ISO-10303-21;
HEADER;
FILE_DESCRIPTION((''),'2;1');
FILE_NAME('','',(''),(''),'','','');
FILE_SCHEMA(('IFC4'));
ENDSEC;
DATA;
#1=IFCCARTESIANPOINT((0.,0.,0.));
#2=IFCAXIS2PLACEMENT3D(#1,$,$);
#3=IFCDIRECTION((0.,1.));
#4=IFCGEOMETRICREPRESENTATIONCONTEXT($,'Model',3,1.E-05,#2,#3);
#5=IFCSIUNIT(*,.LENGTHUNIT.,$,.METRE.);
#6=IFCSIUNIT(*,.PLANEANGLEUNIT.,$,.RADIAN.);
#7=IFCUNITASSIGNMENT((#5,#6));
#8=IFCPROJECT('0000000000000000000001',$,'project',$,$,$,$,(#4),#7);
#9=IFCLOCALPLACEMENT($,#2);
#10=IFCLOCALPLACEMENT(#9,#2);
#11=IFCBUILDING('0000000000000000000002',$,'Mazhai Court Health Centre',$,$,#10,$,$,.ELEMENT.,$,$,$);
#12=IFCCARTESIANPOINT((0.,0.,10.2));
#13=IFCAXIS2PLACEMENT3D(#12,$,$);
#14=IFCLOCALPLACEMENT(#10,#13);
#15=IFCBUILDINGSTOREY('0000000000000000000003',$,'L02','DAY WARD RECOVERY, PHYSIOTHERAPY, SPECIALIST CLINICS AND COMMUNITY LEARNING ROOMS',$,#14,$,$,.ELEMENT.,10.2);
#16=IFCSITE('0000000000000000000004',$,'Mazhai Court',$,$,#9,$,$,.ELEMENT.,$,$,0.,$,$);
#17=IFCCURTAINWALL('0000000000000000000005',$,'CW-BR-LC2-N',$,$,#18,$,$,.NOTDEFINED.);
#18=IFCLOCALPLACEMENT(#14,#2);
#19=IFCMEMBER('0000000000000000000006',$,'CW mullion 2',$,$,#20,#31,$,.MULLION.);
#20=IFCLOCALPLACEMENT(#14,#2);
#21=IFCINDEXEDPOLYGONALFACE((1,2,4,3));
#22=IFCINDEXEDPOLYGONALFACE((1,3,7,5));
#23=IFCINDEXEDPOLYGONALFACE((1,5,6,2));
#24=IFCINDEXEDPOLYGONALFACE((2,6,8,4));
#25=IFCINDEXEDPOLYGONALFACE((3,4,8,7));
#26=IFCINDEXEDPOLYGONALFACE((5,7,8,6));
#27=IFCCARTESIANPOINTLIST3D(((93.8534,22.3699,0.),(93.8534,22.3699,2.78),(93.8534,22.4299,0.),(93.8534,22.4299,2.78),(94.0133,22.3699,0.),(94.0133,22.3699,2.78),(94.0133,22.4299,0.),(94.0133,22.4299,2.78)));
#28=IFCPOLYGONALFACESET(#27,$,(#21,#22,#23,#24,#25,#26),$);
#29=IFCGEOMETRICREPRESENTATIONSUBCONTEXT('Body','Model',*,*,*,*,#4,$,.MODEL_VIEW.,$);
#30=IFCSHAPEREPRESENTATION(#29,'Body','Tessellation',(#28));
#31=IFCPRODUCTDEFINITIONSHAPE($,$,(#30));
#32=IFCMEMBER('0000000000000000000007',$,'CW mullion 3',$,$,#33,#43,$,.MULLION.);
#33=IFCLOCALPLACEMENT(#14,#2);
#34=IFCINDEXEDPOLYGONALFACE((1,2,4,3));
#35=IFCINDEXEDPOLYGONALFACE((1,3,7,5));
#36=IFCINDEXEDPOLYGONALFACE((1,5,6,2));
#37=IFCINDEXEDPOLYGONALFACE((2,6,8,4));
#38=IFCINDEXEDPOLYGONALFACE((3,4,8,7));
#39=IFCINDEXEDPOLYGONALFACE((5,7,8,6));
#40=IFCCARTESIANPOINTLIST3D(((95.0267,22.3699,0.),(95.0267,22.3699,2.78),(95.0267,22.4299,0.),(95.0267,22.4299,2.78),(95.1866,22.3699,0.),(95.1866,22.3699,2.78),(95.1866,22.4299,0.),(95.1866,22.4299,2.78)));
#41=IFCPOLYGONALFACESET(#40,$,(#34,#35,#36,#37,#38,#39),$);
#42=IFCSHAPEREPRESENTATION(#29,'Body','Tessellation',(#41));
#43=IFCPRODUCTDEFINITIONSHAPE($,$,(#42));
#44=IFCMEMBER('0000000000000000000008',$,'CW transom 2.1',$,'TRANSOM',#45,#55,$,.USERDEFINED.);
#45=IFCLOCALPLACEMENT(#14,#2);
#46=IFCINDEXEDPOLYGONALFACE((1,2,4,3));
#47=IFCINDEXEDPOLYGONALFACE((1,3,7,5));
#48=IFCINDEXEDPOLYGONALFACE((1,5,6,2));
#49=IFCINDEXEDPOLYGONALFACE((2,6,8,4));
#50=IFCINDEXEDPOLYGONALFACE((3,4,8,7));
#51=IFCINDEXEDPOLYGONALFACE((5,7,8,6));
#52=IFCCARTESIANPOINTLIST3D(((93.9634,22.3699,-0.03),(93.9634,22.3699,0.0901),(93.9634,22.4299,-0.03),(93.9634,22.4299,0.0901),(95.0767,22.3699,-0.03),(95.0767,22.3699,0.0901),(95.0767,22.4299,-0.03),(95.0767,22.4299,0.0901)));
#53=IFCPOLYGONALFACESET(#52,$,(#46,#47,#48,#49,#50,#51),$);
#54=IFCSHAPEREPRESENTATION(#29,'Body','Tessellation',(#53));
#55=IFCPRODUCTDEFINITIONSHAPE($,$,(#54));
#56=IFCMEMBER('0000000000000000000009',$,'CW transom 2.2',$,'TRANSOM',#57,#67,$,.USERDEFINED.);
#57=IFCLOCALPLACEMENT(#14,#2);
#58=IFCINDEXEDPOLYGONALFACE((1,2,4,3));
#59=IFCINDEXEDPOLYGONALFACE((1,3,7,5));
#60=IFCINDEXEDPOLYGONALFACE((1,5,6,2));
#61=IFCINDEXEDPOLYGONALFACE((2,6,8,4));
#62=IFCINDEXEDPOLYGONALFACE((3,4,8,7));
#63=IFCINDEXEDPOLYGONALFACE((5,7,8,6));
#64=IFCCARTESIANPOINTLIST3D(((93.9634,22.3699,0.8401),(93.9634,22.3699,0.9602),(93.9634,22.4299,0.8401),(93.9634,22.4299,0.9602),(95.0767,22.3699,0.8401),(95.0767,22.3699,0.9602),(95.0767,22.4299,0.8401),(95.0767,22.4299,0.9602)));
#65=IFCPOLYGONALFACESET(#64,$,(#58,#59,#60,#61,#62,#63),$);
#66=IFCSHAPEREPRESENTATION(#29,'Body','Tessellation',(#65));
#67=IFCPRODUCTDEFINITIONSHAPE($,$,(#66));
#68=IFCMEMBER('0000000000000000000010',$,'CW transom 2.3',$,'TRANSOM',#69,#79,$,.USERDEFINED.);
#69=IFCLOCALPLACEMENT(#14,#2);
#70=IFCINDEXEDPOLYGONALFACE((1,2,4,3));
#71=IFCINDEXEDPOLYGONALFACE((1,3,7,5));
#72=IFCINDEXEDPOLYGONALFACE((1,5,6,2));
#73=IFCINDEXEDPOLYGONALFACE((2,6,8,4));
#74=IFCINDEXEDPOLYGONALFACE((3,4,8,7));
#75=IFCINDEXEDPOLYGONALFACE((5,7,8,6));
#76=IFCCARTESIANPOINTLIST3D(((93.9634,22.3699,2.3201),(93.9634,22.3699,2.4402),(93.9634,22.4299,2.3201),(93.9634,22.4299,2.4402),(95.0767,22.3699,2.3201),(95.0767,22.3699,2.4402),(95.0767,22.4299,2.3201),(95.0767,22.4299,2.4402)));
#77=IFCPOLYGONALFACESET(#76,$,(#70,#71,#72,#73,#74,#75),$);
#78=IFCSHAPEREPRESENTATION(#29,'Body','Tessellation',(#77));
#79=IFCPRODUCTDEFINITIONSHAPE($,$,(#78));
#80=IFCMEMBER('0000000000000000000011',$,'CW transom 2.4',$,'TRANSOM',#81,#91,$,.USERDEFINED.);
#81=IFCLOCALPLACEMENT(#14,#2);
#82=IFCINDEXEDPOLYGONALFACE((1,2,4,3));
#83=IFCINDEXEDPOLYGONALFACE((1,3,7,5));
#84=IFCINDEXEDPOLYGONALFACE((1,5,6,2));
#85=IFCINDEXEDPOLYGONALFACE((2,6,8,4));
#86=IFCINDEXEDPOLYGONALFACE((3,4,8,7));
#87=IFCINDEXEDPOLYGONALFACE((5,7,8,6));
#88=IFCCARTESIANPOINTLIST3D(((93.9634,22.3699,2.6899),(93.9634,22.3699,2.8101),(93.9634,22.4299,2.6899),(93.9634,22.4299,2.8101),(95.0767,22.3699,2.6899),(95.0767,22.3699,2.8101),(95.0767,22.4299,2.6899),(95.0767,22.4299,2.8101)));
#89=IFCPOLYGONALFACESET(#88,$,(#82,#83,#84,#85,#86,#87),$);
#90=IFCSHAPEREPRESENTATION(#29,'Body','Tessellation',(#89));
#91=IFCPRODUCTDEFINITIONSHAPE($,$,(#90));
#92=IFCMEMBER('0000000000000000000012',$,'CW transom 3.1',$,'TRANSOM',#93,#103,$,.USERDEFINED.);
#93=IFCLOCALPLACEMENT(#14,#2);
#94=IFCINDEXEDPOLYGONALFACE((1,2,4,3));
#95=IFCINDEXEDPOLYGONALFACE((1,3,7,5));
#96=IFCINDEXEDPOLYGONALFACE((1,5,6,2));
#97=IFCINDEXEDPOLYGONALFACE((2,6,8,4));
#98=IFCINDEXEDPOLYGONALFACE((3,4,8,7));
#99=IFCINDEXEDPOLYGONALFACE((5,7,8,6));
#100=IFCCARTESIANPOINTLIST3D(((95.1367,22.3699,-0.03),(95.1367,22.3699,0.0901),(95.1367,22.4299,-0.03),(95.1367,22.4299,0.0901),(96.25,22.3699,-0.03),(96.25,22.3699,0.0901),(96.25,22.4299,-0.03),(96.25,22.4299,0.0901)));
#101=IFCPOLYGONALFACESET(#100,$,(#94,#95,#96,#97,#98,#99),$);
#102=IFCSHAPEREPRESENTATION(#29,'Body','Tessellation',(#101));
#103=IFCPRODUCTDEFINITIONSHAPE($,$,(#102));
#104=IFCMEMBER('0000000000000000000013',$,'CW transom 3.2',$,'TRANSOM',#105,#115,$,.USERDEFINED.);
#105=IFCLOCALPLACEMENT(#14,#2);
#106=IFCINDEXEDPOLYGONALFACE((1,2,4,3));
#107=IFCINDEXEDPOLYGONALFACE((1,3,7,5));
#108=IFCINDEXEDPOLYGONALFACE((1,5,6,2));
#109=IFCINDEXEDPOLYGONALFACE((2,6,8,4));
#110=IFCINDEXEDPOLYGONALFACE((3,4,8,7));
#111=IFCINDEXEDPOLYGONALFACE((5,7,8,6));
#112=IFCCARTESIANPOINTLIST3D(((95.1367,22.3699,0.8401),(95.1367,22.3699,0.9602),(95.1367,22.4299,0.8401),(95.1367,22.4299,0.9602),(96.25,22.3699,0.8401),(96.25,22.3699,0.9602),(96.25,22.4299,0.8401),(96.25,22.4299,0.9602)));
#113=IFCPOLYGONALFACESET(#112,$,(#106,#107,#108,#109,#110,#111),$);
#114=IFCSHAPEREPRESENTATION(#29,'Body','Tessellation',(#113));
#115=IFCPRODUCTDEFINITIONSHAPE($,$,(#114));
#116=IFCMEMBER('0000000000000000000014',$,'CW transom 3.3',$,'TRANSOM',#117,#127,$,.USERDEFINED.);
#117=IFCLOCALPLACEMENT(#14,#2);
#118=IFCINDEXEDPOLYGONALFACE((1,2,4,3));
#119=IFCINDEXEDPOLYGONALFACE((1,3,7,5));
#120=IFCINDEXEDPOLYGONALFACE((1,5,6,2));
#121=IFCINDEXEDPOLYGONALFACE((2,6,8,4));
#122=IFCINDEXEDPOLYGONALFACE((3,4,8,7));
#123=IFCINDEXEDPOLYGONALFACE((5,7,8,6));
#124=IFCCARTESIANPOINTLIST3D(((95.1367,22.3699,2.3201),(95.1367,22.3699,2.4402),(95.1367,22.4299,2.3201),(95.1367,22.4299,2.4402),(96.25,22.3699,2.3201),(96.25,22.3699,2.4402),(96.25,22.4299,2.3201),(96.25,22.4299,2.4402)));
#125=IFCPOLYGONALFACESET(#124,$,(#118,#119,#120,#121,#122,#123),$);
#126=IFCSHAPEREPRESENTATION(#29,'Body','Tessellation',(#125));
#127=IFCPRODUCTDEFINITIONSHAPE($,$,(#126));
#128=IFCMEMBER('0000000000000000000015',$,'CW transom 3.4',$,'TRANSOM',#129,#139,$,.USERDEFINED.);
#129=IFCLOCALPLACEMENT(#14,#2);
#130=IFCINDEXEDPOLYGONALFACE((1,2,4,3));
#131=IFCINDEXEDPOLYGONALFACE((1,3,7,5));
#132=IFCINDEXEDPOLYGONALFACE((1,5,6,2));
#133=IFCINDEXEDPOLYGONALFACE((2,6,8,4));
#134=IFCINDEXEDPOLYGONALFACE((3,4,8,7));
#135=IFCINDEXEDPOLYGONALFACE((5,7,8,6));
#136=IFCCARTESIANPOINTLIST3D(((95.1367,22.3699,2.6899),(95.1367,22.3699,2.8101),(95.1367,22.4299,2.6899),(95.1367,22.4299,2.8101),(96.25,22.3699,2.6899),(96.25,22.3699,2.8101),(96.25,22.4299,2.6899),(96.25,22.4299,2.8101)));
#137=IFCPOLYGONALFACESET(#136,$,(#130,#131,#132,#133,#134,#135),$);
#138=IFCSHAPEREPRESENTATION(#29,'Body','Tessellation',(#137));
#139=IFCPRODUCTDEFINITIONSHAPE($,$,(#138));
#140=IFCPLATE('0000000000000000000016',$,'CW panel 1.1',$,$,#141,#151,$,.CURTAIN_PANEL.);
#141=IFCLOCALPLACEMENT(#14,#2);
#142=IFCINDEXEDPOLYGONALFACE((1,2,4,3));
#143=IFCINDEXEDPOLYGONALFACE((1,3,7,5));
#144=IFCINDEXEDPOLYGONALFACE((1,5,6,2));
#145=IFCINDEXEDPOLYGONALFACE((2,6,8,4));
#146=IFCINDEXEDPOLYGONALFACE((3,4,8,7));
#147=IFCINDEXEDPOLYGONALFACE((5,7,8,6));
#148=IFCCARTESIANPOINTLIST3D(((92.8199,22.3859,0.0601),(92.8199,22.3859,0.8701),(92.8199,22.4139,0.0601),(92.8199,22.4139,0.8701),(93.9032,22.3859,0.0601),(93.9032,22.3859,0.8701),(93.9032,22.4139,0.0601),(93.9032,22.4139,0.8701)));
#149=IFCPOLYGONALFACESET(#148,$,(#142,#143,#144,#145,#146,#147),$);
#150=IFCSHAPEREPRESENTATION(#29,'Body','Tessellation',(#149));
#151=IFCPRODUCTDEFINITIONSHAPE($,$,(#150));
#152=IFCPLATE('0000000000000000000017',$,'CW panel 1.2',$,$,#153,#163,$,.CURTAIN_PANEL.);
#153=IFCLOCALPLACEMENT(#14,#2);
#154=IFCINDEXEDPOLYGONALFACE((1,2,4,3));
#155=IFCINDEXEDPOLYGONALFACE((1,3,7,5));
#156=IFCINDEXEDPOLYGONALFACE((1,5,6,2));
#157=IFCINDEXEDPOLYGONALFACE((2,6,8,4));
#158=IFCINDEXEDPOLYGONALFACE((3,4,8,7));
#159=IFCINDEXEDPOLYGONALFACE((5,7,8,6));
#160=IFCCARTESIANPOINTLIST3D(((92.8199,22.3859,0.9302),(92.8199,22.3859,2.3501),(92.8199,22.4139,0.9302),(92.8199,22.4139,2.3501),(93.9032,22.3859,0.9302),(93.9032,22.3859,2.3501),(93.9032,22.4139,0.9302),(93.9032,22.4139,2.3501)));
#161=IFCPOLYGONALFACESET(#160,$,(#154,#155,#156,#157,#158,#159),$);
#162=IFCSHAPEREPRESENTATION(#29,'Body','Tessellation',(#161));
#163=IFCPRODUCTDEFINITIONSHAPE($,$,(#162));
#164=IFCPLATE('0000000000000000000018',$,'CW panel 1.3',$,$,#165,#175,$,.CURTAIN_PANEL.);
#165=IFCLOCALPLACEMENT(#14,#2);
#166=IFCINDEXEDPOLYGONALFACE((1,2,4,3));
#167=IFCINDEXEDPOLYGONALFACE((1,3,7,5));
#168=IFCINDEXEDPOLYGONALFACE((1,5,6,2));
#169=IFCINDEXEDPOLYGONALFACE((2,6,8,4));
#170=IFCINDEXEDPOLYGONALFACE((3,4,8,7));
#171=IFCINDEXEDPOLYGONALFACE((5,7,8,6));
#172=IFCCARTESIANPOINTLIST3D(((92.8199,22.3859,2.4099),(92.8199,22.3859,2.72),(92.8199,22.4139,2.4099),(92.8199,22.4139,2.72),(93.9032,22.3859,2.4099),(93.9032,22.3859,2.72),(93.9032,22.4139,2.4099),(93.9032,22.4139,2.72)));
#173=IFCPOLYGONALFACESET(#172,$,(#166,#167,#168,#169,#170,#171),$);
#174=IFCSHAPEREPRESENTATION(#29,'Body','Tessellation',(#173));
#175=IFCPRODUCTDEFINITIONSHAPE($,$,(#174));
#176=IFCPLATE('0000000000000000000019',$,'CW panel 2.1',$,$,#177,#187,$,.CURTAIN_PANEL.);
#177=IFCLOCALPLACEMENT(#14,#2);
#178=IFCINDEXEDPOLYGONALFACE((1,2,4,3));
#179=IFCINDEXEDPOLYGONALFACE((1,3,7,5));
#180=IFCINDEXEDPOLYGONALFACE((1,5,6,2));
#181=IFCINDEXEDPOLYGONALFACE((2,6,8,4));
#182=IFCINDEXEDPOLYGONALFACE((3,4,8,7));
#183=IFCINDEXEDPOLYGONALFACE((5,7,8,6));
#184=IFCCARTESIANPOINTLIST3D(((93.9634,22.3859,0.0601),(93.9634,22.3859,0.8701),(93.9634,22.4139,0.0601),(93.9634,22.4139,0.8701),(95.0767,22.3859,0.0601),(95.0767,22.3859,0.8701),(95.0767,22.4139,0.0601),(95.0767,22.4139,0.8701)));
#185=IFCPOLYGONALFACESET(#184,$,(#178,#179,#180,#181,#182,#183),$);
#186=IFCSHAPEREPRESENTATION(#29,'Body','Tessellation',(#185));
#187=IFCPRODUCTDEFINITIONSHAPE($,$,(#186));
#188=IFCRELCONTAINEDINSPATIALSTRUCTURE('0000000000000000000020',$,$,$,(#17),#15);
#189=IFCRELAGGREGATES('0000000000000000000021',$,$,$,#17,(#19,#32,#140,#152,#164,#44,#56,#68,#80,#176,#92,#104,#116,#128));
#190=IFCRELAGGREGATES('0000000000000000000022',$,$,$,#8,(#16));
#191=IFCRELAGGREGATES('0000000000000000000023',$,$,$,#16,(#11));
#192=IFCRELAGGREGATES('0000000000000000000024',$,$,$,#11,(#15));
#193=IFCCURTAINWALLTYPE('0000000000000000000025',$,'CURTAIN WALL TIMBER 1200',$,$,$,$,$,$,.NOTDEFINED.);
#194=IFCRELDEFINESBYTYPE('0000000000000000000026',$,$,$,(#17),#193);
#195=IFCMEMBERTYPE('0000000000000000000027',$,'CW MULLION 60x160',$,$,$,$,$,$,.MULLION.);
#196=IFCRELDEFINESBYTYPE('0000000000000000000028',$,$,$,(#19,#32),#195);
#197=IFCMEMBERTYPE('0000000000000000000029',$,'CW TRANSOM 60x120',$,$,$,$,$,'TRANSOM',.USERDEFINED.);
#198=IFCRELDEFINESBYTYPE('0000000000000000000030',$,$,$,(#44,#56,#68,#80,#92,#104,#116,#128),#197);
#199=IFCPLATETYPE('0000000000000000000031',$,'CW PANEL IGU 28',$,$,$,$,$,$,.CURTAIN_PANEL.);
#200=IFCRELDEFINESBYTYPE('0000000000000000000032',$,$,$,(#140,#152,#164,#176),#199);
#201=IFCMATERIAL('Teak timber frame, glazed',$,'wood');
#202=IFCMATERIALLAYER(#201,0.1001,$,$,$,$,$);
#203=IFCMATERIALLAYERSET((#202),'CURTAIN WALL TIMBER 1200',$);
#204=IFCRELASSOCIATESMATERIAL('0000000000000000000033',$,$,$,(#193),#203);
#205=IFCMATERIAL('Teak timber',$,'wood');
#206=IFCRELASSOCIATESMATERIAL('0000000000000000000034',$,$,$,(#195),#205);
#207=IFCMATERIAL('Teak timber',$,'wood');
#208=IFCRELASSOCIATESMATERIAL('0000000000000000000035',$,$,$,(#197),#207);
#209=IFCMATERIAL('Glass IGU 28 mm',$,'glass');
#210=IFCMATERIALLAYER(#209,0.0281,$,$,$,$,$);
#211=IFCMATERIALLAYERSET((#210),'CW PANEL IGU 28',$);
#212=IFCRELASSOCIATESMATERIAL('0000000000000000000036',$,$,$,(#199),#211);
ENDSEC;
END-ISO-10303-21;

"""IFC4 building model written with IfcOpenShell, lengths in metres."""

from ifc_helpers import new_model, si_unit, direction, frame, origin, origin_2d, place, context, subcontext, project, spatial, rectangle, extrude, material, layer, layer_set, material_profile, profile_set, type_object, element, aggregate, save


model = new_model("IFC4")

# Units and contexts
model_context = context("Model", 3, precision=1e-05, world=origin(), true_north=direction((0.0, 1.0)))
body_context = subcontext(model_context, "Body", "Model", "MODEL_VIEW")
ifc_project = project(units=[si_unit("LENGTHUNIT", "METRE"), si_unit("PLANEANGLEUNIT", "RADIAN")], contexts=[model_context])

# Site, building, storey
site_placement = place(None, origin())
site = spatial("IfcSite", under=ifc_project, at=site_placement, Name="Mazhai Court", CompositionType="ELEMENT", RefElevation=0.0)
building_placement = place(site_placement, origin())
building = spatial("IfcBuilding", under=site, at=building_placement, Name="Mazhai Court Health Centre", CompositionType="ELEMENT")
storey_placement = place(building_placement, frame((0.0, 0.0, 10.2)))
storey = spatial("IfcBuildingStorey", under=building, at=storey_placement, Name="L02", Description="DAY WARD RECOVERY, PHYSIOTHERAPY, SPECIALIST CLINICS AND COMMUNITY LEARNING ROOMS", CompositionType="ELEMENT", Elevation=10.2)

# Curtain wall, members, plates
ifc_material_1 = material(Name="Teak timber frame, glazed", Category="wood")
ifc_layer_1 = layer(ifc_material_1, 0.1001)
ifc_layer_set_1 = layer_set([ifc_layer_1], Name="CURTAIN WALL TIMBER 1200")
curtain_wall_type = type_object("IfcCurtainWallType", Name="CURTAIN WALL TIMBER 1200", PredefinedType="NOTDEFINED", material=ifc_layer_set_1)
curtain_wall_placement = place(storey_placement, origin())
curtain_wall = element("IfcCurtainWall", 1, at=curtain_wall_placement, inside=storey, type_object=curtain_wall_type, Name="CW-BR-LC2-N", PredefinedType="NOTDEFINED")
ifc_material_2 = material(Name="Teak timber", Category="wood")
ifc_material_profile_1 = material_profile(ifc_material_2, rectangle(XDim=0.0601, YDim=0.1599, at=origin_2d()), Name="CW MULLION 60x160")
ifc_profile_set_1 = profile_set([ifc_material_profile_1], Name="Teak timber")
member_type_1 = type_object("IfcMemberType", Name="CW MULLION 60x160", PredefinedType="MULLION", material=ifc_profile_set_1)
member_1_placement = place(storey_placement, frame((93.9333, 22.3999, 0.0), z_axis=(0.0, 0.0, 1.0), x_axis=(0.0, 1.0, 0.0)))
member_1 = element("IfcMember", 2, at=member_1_placement, type_object=member_type_1, Name="CW mullion 2", PredefinedType="MULLION", context=body_context, shape_type="SweptSolid", body=[
    extrude(rectangle(XDim=0.0601, YDim=0.1599, at=origin_2d()), origin(), (0.0, 0.0, 1.0), 2.78),
])
member_2_placement = place(storey_placement, frame((95.1067, 22.3999, 0.0), z_axis=(0.0, 0.0, 1.0), x_axis=(0.0, 1.0, 0.0)))
member_2 = element("IfcMember", 3, at=member_2_placement, type_object=member_type_1, Name="CW mullion 3", PredefinedType="MULLION", context=body_context, shape_type="SweptSolid", body=[
    extrude(rectangle(XDim=0.0601, YDim=0.1599, at=origin_2d()), origin(), (0.0, 0.0, 1.0), 2.78),
])
ifc_material_3 = material(Name="Teak timber", Category="wood")
ifc_material_profile_2 = material_profile(ifc_material_3, rectangle(XDim=0.0601, YDim=0.1201, at=origin_2d()), Name="CW TRANSOM 60x120")
ifc_profile_set_2 = profile_set([ifc_material_profile_2], Name="Teak timber")
member_type_2 = type_object("IfcMemberType", Name="CW TRANSOM 60x120", ElementType="TRANSOM", PredefinedType="USERDEFINED", material=ifc_profile_set_2)
member_3_placement = place(storey_placement, frame((93.9634, 22.3999, 0.03), z_axis=(1.0, 0.0, 0.0), x_axis=(0.0, 1.0, 0.0)))
member_3 = element("IfcMember", 4, at=member_3_placement, type_object=member_type_2, Name="CW transom 2.1", ObjectType="TRANSOM", PredefinedType="USERDEFINED", context=body_context, shape_type="SweptSolid", body=[
    extrude(rectangle(XDim=0.0601, YDim=0.1201, at=origin_2d()), origin(), (0.0, 0.0, 1.0), 1.1133),
])
member_4_placement = place(storey_placement, frame((93.9634, 22.3999, 0.9001), z_axis=(1.0, 0.0, 0.0), x_axis=(0.0, 1.0, 0.0)))
member_4 = element("IfcMember", 5, at=member_4_placement, type_object=member_type_2, Name="CW transom 2.2", ObjectType="TRANSOM", PredefinedType="USERDEFINED", context=body_context, shape_type="SweptSolid", body=[
    extrude(rectangle(XDim=0.0601, YDim=0.1201, at=origin_2d()), origin(), (0.0, 0.0, 1.0), 1.1133),
])
member_5_placement = place(storey_placement, frame((93.9634, 22.3999, 2.3801), z_axis=(1.0, 0.0, 0.0), x_axis=(0.0, 1.0, 0.0)))
member_5 = element("IfcMember", 6, at=member_5_placement, type_object=member_type_2, Name="CW transom 2.3", ObjectType="TRANSOM", PredefinedType="USERDEFINED", context=body_context, shape_type="SweptSolid", body=[
    extrude(rectangle(XDim=0.0601, YDim=0.1201, at=origin_2d()), origin(), (0.0, 0.0, 1.0), 1.1133),
])
member_6_placement = place(storey_placement, frame((93.9634, 22.3999, 2.75), z_axis=(1.0, 0.0, 0.0), x_axis=(0.0, 1.0, 0.0)))
member_6 = element("IfcMember", 7, at=member_6_placement, type_object=member_type_2, Name="CW transom 2.4", ObjectType="TRANSOM", PredefinedType="USERDEFINED", context=body_context, shape_type="SweptSolid", body=[
    extrude(rectangle(XDim=0.0601, YDim=0.1201, at=origin_2d()), origin(), (0.0, 0.0, 1.0), 1.1133),
])
member_7_placement = place(storey_placement, frame((95.1367, 22.3999, 0.03), z_axis=(1.0, 0.0, 0.0), x_axis=(0.0, 1.0, 0.0)))
member_7 = element("IfcMember", 8, at=member_7_placement, type_object=member_type_2, Name="CW transom 3.1", ObjectType="TRANSOM", PredefinedType="USERDEFINED", context=body_context, shape_type="SweptSolid", body=[
    extrude(rectangle(XDim=0.0601, YDim=0.1201, at=origin_2d()), origin(), (0.0, 0.0, 1.0), 1.1133),
])
member_8_placement = place(storey_placement, frame((95.1367, 22.3999, 0.9001), z_axis=(1.0, 0.0, 0.0), x_axis=(0.0, 1.0, 0.0)))
member_8 = element("IfcMember", 9, at=member_8_placement, type_object=member_type_2, Name="CW transom 3.2", ObjectType="TRANSOM", PredefinedType="USERDEFINED", context=body_context, shape_type="SweptSolid", body=[
    extrude(rectangle(XDim=0.0601, YDim=0.1201, at=origin_2d()), origin(), (0.0, 0.0, 1.0), 1.1133),
])
member_9_placement = place(storey_placement, frame((95.1367, 22.3999, 2.3801), z_axis=(1.0, 0.0, 0.0), x_axis=(0.0, 1.0, 0.0)))
member_9 = element("IfcMember", 10, at=member_9_placement, type_object=member_type_2, Name="CW transom 3.3", ObjectType="TRANSOM", PredefinedType="USERDEFINED", context=body_context, shape_type="SweptSolid", body=[
    extrude(rectangle(XDim=0.0601, YDim=0.1201, at=origin_2d()), origin(), (0.0, 0.0, 1.0), 1.1133),
])
member_10_placement = place(storey_placement, frame((95.1367, 22.3999, 2.75), z_axis=(1.0, 0.0, 0.0), x_axis=(0.0, 1.0, 0.0)))
member_10 = element("IfcMember", 11, at=member_10_placement, type_object=member_type_2, Name="CW transom 3.4", ObjectType="TRANSOM", PredefinedType="USERDEFINED", context=body_context, shape_type="SweptSolid", body=[
    extrude(rectangle(XDim=0.0601, YDim=0.1201, at=origin_2d()), origin(), (0.0, 0.0, 1.0), 1.1133),
])
ifc_material_4 = material(Name="Glass IGU 28 mm", Category="glass")
ifc_layer_2 = layer(ifc_material_4, 0.0281)
ifc_layer_set_2 = layer_set([ifc_layer_2], Name="CW PANEL IGU 28")
plate_type = type_object("IfcPlateType", Name="CW PANEL IGU 28", PredefinedType="CURTAIN_PANEL", material=ifc_layer_set_2)
plate_1_placement = place(storey_placement, frame((93.3616, 22.3999, 0.0601), z_axis=(0.0, 0.0, 1.0), x_axis=(1.0, 0.0, 0.0)))
plate_1 = element("IfcPlate", 12, at=plate_1_placement, type_object=plate_type, Name="CW panel 1.1", PredefinedType="CURTAIN_PANEL", context=body_context, shape_type="SweptSolid", body=[
    extrude(rectangle(XDim=1.0833, YDim=0.0281, at=origin_2d()), origin(), (0.0, 0.0, 1.0), 0.8101),
])
plate_2_placement = place(storey_placement, frame((93.3616, 22.3999, 0.9302), z_axis=(0.0, 0.0, 1.0), x_axis=(1.0, 0.0, 0.0)))
plate_2 = element("IfcPlate", 13, at=plate_2_placement, type_object=plate_type, Name="CW panel 1.2", PredefinedType="CURTAIN_PANEL", context=body_context, shape_type="SweptSolid", body=[
    extrude(rectangle(XDim=1.0833, YDim=0.0281, at=origin_2d()), origin(), (0.0, 0.0, 1.0), 1.4199),
])
plate_3_placement = place(storey_placement, frame((93.3616, 22.3999, 2.4099), z_axis=(0.0, 0.0, 1.0), x_axis=(1.0, 0.0, 0.0)))
plate_3 = element("IfcPlate", 14, at=plate_3_placement, type_object=plate_type, Name="CW panel 1.3", PredefinedType="CURTAIN_PANEL", context=body_context, shape_type="SweptSolid", body=[
    extrude(rectangle(XDim=1.0833, YDim=0.0281, at=origin_2d()), origin(), (0.0, 0.0, 1.0), 0.3101),
])
plate_4_placement = place(storey_placement, frame((94.52, 22.3999, 0.0601), z_axis=(0.0, 0.0, 1.0), x_axis=(1.0, 0.0, 0.0)))
plate_4 = element("IfcPlate", 15, at=plate_4_placement, type_object=plate_type, Name="CW panel 2.1", PredefinedType="CURTAIN_PANEL", context=body_context, shape_type="SweptSolid", body=[
    extrude(rectangle(XDim=1.1133, YDim=0.0281, at=origin_2d()), origin(), (0.0, 0.0, 1.0), 0.8101),
])
aggregate(curtain_wall, [member_1, member_2, plate_1, plate_2, plate_3, member_3, member_4, member_5, member_6, plate_4, member_7, member_8, member_9, member_10])

save(model, "model.ifc")
